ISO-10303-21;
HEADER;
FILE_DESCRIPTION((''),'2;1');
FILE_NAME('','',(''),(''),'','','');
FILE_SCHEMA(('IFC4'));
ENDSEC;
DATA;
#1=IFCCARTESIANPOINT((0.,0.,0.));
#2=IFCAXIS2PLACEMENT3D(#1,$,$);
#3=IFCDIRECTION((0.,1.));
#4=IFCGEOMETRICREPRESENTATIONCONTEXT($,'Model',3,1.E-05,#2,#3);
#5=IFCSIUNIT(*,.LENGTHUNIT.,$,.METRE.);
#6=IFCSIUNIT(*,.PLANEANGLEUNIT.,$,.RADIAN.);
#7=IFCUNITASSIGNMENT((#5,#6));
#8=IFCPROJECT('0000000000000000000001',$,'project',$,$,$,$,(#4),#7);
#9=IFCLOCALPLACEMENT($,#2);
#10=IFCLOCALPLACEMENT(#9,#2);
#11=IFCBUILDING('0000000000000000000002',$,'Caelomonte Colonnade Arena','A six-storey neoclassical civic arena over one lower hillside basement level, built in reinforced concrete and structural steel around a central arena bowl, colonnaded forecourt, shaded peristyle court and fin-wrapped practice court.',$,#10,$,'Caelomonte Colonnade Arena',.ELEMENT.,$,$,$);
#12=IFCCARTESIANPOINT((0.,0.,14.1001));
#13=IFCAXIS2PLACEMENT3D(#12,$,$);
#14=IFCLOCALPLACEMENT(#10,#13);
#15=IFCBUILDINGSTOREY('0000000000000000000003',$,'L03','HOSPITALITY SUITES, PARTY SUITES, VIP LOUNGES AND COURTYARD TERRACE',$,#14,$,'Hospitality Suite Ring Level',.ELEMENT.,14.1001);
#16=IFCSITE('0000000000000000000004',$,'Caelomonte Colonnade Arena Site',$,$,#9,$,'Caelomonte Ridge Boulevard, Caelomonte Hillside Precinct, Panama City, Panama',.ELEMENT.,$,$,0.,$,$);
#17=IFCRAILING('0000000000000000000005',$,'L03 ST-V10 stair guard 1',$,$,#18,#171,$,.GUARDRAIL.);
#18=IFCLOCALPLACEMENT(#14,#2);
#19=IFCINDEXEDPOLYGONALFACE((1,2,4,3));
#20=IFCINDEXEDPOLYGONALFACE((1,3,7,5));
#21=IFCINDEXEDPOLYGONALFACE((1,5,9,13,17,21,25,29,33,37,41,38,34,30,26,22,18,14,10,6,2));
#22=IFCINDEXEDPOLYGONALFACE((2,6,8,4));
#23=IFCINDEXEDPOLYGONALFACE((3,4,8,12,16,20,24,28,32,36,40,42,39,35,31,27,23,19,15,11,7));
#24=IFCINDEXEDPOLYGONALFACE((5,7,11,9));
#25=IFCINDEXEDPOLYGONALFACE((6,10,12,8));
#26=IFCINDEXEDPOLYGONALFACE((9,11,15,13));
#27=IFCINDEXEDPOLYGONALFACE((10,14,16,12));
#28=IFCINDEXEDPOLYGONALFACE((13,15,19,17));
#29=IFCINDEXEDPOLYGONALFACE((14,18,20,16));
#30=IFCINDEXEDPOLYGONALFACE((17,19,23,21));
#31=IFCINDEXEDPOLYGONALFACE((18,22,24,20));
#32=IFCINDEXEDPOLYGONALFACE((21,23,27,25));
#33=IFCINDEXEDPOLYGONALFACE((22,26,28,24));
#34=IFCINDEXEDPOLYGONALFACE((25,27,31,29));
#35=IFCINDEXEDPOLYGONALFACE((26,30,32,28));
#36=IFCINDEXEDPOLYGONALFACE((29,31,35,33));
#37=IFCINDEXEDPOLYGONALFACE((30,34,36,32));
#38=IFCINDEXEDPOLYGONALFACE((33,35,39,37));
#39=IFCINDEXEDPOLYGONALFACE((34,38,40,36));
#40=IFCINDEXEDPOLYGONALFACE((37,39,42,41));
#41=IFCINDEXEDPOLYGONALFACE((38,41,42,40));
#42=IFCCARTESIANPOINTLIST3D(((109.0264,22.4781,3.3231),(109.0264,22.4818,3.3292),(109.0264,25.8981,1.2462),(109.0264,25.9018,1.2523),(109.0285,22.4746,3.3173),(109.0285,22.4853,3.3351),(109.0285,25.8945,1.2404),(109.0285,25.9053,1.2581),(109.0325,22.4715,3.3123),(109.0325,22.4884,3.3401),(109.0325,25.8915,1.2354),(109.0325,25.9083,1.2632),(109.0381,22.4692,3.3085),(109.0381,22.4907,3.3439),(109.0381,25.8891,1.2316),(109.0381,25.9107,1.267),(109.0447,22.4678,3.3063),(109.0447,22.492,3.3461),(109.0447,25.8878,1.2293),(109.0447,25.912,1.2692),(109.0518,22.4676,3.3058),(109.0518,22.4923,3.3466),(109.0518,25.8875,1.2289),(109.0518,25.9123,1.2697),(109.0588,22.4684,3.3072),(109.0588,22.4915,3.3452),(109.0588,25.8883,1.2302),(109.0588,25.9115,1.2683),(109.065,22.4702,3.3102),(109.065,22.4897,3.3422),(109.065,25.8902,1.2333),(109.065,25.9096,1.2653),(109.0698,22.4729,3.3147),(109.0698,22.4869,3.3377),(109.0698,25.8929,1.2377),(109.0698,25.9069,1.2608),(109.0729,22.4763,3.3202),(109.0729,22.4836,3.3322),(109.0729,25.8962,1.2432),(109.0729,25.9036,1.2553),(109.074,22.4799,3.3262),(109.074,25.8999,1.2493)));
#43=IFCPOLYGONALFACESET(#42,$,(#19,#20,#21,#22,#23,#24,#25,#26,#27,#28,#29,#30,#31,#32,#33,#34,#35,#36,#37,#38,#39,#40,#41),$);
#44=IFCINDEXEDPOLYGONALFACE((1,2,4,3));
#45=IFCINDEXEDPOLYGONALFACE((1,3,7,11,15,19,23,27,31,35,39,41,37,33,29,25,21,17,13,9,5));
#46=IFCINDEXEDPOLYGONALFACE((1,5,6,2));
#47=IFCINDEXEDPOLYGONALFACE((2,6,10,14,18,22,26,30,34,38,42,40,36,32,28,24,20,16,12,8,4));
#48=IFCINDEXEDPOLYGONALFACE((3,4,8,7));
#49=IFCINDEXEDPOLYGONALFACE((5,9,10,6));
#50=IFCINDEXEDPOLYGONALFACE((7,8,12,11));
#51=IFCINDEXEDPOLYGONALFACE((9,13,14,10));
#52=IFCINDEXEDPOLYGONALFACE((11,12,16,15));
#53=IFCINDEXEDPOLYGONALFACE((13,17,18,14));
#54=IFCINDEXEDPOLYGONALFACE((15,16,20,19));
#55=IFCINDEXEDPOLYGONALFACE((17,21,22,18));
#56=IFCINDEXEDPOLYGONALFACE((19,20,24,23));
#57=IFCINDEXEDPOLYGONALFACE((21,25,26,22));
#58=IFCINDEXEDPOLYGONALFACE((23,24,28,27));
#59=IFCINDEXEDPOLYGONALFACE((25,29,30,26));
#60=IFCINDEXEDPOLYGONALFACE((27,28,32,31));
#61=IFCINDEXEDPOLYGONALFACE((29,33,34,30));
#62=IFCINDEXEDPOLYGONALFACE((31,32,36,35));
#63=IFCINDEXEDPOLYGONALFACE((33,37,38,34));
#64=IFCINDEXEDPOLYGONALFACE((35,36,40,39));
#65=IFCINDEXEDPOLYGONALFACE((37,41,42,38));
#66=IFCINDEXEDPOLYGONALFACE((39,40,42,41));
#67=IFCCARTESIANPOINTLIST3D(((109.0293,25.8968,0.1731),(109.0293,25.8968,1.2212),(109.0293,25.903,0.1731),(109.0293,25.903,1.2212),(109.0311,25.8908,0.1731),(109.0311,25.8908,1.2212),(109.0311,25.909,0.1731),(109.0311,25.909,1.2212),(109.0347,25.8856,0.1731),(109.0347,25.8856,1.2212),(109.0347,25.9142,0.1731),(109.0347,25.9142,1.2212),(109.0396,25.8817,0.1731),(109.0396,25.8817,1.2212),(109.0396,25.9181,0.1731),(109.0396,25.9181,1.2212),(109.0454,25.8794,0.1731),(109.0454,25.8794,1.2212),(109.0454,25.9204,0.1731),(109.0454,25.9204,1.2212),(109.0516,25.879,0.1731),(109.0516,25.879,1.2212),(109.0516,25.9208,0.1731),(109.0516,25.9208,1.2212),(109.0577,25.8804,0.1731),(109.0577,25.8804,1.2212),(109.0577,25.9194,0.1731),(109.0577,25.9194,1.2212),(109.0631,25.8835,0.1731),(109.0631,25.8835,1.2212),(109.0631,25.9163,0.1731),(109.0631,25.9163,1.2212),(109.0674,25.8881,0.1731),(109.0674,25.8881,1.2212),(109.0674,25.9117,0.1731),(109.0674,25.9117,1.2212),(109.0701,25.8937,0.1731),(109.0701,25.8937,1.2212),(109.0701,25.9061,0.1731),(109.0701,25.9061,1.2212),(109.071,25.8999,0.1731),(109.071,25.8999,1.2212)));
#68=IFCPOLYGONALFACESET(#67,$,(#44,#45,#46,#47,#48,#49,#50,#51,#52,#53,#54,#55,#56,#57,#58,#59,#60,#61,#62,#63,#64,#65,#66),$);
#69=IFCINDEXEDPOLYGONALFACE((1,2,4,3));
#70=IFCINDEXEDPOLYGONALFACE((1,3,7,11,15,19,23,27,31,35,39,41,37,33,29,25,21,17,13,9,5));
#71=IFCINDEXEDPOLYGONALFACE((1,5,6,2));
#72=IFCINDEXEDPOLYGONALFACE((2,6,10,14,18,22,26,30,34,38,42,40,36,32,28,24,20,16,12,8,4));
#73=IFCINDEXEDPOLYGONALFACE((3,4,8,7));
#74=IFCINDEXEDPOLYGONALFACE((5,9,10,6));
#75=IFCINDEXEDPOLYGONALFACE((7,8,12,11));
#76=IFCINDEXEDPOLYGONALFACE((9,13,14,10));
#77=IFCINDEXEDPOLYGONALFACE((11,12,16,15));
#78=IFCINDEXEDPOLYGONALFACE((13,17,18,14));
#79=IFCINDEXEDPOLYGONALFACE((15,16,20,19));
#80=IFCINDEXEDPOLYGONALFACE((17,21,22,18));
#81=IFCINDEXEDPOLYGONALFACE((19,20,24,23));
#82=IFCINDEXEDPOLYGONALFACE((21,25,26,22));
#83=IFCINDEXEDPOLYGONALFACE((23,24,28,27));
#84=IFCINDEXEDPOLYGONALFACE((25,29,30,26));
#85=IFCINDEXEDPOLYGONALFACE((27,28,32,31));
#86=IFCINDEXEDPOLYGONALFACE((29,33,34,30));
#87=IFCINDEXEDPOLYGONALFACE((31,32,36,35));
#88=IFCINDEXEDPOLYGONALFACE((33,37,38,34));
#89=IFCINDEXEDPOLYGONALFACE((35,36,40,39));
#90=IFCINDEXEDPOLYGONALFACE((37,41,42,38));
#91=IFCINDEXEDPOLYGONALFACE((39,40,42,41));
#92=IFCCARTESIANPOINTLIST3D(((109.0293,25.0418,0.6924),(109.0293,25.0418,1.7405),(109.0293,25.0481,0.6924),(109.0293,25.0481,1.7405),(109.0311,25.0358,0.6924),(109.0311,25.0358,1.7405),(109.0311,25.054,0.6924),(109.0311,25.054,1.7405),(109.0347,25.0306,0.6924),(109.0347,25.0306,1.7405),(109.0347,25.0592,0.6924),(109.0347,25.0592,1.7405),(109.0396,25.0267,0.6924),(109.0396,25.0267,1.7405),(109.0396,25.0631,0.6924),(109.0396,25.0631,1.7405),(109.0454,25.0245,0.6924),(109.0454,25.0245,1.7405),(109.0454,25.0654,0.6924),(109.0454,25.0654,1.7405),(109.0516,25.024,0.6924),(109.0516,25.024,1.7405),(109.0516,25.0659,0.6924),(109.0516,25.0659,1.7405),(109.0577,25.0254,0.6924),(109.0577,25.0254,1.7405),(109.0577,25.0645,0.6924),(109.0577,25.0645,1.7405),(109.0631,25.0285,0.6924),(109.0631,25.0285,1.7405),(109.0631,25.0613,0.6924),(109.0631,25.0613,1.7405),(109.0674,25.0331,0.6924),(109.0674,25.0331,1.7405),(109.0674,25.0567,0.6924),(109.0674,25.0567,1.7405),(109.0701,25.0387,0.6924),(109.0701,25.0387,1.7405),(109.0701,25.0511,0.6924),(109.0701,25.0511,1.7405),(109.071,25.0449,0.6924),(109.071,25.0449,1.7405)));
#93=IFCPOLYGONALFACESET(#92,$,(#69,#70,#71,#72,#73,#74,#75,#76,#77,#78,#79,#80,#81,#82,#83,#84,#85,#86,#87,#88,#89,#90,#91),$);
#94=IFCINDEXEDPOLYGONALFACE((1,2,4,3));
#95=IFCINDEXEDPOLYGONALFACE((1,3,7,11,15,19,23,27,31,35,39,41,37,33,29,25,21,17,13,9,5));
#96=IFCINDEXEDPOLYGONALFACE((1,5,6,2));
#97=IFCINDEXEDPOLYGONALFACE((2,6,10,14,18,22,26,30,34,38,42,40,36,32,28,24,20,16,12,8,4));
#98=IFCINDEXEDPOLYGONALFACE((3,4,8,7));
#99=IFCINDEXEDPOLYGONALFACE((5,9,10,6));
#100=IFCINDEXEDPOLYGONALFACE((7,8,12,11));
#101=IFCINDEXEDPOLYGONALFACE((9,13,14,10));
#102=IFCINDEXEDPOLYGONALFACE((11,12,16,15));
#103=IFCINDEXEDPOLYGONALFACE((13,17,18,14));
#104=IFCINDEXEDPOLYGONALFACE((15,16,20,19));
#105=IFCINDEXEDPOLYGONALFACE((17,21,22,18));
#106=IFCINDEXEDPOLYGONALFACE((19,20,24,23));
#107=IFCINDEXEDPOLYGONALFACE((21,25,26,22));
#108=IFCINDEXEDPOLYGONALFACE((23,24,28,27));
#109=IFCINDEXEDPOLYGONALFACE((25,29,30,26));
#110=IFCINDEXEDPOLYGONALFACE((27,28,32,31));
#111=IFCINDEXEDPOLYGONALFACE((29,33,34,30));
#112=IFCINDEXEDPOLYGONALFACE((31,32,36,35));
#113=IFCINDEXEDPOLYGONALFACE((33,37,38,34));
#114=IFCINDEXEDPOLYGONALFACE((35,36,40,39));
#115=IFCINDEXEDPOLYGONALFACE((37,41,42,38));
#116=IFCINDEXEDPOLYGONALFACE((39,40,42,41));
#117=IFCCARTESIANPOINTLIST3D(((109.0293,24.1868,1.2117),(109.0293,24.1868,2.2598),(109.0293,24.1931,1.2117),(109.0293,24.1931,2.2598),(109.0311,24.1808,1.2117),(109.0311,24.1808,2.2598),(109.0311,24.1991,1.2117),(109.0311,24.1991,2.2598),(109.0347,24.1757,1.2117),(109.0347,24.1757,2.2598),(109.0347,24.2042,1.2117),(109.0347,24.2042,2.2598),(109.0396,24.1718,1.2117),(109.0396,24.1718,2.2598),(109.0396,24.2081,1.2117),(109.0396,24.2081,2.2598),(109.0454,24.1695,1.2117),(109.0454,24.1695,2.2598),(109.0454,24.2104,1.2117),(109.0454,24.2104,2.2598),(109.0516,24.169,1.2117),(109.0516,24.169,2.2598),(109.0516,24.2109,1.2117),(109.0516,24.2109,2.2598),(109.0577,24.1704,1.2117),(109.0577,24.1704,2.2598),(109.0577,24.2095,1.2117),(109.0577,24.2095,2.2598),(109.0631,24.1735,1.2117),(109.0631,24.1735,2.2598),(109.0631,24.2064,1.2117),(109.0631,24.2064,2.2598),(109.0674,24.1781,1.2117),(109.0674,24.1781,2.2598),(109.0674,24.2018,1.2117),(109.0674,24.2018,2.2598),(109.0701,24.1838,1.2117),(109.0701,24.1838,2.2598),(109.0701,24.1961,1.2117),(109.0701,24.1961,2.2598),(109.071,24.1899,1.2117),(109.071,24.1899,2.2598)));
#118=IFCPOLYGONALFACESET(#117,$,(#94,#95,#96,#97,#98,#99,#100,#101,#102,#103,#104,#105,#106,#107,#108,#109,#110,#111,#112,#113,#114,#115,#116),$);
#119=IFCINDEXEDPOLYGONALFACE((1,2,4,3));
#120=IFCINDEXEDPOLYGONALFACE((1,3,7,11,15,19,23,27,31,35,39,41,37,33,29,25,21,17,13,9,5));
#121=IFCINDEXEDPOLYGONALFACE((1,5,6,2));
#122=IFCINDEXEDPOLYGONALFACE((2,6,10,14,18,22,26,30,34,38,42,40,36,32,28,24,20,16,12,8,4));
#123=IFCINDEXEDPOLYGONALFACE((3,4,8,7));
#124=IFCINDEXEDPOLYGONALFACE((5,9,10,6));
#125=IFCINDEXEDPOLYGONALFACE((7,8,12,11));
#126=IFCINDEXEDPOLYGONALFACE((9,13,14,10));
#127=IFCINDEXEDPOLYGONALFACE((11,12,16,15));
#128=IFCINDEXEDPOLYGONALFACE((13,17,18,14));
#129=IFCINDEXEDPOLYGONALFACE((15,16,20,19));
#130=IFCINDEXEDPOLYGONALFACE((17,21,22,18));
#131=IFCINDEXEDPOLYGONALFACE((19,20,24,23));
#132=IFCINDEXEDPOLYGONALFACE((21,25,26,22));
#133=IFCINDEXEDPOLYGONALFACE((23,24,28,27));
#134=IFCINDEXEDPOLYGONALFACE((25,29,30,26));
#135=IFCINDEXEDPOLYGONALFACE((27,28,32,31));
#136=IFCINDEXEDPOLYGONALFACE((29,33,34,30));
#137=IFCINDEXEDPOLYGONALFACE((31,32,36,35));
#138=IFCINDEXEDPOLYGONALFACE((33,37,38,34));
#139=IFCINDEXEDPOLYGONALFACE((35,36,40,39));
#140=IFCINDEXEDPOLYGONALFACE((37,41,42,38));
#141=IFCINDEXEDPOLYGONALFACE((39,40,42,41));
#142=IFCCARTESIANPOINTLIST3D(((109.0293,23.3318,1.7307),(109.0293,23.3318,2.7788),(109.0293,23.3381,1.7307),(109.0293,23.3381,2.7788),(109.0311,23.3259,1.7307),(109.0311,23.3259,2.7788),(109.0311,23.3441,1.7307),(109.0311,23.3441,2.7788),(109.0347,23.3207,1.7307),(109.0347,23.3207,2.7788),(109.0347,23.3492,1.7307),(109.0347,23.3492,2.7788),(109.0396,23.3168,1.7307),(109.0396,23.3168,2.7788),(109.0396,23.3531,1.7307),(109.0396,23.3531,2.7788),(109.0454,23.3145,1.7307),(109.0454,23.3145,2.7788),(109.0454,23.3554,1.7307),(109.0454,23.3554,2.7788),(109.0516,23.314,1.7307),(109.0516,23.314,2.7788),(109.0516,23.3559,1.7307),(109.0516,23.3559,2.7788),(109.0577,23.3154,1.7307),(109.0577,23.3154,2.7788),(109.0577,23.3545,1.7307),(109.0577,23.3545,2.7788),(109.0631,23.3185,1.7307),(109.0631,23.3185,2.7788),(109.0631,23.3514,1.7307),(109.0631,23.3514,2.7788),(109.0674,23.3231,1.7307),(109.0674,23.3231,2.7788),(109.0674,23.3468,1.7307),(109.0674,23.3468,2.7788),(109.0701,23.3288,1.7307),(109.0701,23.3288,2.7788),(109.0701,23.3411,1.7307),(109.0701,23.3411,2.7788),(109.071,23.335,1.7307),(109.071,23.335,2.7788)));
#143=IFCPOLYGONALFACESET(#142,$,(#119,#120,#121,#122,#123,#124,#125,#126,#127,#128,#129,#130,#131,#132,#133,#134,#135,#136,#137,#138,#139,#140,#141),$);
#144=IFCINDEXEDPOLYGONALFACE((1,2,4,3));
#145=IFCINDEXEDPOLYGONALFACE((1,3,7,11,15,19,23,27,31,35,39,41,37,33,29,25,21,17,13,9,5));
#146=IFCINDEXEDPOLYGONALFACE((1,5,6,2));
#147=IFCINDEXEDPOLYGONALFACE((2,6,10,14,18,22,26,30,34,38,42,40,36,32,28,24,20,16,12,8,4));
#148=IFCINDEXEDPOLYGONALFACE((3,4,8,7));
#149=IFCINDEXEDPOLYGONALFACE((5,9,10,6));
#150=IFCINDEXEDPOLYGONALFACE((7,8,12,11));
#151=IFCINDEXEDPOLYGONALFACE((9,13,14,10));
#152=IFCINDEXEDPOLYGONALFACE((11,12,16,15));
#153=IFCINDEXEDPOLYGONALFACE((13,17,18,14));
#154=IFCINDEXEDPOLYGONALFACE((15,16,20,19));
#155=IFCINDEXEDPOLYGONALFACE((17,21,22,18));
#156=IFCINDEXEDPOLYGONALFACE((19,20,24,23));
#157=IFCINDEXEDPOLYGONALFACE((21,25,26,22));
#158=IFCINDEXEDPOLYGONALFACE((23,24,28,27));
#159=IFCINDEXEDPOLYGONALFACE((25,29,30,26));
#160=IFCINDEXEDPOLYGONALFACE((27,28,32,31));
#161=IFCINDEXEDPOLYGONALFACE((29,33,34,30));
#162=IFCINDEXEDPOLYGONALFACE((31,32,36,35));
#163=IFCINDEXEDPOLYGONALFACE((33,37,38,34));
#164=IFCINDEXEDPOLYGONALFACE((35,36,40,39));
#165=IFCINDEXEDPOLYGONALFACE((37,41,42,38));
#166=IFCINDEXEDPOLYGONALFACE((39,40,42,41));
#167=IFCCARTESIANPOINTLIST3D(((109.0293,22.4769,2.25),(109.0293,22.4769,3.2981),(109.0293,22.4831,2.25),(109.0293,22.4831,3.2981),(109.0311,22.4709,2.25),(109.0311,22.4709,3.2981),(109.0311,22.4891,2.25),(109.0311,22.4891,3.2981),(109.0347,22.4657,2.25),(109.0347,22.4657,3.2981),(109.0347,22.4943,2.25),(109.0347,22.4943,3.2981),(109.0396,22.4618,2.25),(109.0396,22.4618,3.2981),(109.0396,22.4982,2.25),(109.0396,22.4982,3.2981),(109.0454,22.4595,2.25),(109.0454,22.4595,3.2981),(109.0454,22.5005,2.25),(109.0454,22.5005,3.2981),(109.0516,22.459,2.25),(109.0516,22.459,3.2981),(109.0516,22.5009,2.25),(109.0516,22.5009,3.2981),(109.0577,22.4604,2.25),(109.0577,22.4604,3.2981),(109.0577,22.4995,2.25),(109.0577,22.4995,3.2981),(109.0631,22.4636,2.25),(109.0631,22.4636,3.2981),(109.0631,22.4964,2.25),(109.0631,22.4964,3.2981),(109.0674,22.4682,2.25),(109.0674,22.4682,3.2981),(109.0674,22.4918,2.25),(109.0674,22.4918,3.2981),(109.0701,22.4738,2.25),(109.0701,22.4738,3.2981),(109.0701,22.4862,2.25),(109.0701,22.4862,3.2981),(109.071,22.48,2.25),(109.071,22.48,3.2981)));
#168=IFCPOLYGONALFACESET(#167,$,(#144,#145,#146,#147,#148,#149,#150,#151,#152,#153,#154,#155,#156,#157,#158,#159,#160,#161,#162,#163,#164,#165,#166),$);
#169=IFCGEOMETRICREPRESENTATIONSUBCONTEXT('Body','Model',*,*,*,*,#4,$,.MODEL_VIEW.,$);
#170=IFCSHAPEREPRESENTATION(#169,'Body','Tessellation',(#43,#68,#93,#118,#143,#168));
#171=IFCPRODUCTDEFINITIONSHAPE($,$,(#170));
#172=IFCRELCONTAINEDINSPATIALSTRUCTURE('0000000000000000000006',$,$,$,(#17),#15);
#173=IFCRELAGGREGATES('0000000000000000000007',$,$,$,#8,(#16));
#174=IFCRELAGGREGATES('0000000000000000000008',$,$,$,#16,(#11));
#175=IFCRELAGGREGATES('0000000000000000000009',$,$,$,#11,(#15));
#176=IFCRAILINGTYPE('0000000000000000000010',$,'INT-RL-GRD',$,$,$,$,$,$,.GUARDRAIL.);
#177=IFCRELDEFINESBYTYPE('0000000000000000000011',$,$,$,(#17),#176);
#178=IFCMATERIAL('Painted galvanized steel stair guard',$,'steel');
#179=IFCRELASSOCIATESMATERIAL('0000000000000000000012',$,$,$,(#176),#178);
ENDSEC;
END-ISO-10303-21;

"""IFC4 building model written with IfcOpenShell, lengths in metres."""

from ifc_helpers import new_model, si_unit, direction, frame, origin, origin_2d, place, context, subcontext, project, spatial, circle, extrude, material, type_object, element, save


model = new_model("IFC4")

# Units and contexts
model_context = context("Model", 3, precision=1e-05, world=origin(), true_north=direction((0.0, 1.0)))
body_context = subcontext(model_context, "Body", "Model", "MODEL_VIEW")
ifc_project = project(units=[si_unit("LENGTHUNIT", "METRE"), si_unit("PLANEANGLEUNIT", "RADIAN")], contexts=[model_context])

# Site, building, storey
site_placement = place(None, origin())
site = spatial("IfcSite", under=ifc_project, at=site_placement, Name="Caelomonte Colonnade Arena Site", LongName="Caelomonte Ridge Boulevard, Caelomonte Hillside Precinct, Panama City, Panama", CompositionType="ELEMENT", RefElevation=0.0)
building_placement = place(site_placement, origin())
building = spatial("IfcBuilding", under=site, at=building_placement, Name="Caelomonte Colonnade Arena", Description="A six-storey neoclassical civic arena over one lower hillside basement level, built in reinforced concrete and structural steel around a central arena bowl, colonnaded forecourt, shaded peristyle court and fin-wrapped practice court.", LongName="Caelomonte Colonnade Arena", CompositionType="ELEMENT")
storey_placement = place(building_placement, frame((0.0, 0.0, 14.1001)))
storey = spatial("IfcBuildingStorey", under=building, at=storey_placement, Name="L03", Description="HOSPITALITY SUITES, PARTY SUITES, VIP LOUNGES AND COURTYARD TERRACE", LongName="Hospitality Suite Ring Level", CompositionType="ELEMENT", Elevation=14.1001)

# Railing
ifc_material_1 = material(Name="Painted galvanized steel stair guard", Category="steel")
railing_type_1 = type_object("IfcRailingType", Name="INT-RL-GRD", PredefinedType="GUARDRAIL", material=ifc_material_1)
railing_1_placement = place(storey_placement, frame((109.05, 25.8999, 0.1731)))
element("IfcRailing", 1, at=railing_1_placement, inside=storey, type_object=railing_type_1, Name="L03 ST-V10 stair guard 1", PredefinedType="GUARDRAIL", context=body_context, shape_type="SweptSolid", body=[
    extrude(circle(Radius=0.0239, at=origin_2d()), frame((0.0, 0.0, 1.0762), z_axis=(0.0, -0.85473, 0.519074), x_axis=(1.0, 0.0, 0.0)), (0.0, 0.0, 1.0), 4.0012),
    extrude(circle(Radius=0.021, at=origin_2d()), origin(), (0.0, 0.0, 1.0), 1.0481),
    extrude(circle(Radius=0.021, at=origin_2d()), frame((0.0, -0.855, 0.5193)), (0.0, 0.0, 1.0), 1.0481),
    extrude(circle(Radius=0.021, at=origin_2d()), frame((0.0, -1.71, 1.0386)), (0.0, 0.0, 1.0), 1.0481),
    extrude(circle(Radius=0.021, at=origin_2d()), frame((0.0, -2.5649, 1.5576)), (0.0, 0.0, 1.0), 1.0481),
    extrude(circle(Radius=0.021, at=origin_2d()), frame((0.0, -3.4199, 2.0769)), (0.0, 0.0, 1.0), 1.0481),
])

save(model, "model.ifc")
